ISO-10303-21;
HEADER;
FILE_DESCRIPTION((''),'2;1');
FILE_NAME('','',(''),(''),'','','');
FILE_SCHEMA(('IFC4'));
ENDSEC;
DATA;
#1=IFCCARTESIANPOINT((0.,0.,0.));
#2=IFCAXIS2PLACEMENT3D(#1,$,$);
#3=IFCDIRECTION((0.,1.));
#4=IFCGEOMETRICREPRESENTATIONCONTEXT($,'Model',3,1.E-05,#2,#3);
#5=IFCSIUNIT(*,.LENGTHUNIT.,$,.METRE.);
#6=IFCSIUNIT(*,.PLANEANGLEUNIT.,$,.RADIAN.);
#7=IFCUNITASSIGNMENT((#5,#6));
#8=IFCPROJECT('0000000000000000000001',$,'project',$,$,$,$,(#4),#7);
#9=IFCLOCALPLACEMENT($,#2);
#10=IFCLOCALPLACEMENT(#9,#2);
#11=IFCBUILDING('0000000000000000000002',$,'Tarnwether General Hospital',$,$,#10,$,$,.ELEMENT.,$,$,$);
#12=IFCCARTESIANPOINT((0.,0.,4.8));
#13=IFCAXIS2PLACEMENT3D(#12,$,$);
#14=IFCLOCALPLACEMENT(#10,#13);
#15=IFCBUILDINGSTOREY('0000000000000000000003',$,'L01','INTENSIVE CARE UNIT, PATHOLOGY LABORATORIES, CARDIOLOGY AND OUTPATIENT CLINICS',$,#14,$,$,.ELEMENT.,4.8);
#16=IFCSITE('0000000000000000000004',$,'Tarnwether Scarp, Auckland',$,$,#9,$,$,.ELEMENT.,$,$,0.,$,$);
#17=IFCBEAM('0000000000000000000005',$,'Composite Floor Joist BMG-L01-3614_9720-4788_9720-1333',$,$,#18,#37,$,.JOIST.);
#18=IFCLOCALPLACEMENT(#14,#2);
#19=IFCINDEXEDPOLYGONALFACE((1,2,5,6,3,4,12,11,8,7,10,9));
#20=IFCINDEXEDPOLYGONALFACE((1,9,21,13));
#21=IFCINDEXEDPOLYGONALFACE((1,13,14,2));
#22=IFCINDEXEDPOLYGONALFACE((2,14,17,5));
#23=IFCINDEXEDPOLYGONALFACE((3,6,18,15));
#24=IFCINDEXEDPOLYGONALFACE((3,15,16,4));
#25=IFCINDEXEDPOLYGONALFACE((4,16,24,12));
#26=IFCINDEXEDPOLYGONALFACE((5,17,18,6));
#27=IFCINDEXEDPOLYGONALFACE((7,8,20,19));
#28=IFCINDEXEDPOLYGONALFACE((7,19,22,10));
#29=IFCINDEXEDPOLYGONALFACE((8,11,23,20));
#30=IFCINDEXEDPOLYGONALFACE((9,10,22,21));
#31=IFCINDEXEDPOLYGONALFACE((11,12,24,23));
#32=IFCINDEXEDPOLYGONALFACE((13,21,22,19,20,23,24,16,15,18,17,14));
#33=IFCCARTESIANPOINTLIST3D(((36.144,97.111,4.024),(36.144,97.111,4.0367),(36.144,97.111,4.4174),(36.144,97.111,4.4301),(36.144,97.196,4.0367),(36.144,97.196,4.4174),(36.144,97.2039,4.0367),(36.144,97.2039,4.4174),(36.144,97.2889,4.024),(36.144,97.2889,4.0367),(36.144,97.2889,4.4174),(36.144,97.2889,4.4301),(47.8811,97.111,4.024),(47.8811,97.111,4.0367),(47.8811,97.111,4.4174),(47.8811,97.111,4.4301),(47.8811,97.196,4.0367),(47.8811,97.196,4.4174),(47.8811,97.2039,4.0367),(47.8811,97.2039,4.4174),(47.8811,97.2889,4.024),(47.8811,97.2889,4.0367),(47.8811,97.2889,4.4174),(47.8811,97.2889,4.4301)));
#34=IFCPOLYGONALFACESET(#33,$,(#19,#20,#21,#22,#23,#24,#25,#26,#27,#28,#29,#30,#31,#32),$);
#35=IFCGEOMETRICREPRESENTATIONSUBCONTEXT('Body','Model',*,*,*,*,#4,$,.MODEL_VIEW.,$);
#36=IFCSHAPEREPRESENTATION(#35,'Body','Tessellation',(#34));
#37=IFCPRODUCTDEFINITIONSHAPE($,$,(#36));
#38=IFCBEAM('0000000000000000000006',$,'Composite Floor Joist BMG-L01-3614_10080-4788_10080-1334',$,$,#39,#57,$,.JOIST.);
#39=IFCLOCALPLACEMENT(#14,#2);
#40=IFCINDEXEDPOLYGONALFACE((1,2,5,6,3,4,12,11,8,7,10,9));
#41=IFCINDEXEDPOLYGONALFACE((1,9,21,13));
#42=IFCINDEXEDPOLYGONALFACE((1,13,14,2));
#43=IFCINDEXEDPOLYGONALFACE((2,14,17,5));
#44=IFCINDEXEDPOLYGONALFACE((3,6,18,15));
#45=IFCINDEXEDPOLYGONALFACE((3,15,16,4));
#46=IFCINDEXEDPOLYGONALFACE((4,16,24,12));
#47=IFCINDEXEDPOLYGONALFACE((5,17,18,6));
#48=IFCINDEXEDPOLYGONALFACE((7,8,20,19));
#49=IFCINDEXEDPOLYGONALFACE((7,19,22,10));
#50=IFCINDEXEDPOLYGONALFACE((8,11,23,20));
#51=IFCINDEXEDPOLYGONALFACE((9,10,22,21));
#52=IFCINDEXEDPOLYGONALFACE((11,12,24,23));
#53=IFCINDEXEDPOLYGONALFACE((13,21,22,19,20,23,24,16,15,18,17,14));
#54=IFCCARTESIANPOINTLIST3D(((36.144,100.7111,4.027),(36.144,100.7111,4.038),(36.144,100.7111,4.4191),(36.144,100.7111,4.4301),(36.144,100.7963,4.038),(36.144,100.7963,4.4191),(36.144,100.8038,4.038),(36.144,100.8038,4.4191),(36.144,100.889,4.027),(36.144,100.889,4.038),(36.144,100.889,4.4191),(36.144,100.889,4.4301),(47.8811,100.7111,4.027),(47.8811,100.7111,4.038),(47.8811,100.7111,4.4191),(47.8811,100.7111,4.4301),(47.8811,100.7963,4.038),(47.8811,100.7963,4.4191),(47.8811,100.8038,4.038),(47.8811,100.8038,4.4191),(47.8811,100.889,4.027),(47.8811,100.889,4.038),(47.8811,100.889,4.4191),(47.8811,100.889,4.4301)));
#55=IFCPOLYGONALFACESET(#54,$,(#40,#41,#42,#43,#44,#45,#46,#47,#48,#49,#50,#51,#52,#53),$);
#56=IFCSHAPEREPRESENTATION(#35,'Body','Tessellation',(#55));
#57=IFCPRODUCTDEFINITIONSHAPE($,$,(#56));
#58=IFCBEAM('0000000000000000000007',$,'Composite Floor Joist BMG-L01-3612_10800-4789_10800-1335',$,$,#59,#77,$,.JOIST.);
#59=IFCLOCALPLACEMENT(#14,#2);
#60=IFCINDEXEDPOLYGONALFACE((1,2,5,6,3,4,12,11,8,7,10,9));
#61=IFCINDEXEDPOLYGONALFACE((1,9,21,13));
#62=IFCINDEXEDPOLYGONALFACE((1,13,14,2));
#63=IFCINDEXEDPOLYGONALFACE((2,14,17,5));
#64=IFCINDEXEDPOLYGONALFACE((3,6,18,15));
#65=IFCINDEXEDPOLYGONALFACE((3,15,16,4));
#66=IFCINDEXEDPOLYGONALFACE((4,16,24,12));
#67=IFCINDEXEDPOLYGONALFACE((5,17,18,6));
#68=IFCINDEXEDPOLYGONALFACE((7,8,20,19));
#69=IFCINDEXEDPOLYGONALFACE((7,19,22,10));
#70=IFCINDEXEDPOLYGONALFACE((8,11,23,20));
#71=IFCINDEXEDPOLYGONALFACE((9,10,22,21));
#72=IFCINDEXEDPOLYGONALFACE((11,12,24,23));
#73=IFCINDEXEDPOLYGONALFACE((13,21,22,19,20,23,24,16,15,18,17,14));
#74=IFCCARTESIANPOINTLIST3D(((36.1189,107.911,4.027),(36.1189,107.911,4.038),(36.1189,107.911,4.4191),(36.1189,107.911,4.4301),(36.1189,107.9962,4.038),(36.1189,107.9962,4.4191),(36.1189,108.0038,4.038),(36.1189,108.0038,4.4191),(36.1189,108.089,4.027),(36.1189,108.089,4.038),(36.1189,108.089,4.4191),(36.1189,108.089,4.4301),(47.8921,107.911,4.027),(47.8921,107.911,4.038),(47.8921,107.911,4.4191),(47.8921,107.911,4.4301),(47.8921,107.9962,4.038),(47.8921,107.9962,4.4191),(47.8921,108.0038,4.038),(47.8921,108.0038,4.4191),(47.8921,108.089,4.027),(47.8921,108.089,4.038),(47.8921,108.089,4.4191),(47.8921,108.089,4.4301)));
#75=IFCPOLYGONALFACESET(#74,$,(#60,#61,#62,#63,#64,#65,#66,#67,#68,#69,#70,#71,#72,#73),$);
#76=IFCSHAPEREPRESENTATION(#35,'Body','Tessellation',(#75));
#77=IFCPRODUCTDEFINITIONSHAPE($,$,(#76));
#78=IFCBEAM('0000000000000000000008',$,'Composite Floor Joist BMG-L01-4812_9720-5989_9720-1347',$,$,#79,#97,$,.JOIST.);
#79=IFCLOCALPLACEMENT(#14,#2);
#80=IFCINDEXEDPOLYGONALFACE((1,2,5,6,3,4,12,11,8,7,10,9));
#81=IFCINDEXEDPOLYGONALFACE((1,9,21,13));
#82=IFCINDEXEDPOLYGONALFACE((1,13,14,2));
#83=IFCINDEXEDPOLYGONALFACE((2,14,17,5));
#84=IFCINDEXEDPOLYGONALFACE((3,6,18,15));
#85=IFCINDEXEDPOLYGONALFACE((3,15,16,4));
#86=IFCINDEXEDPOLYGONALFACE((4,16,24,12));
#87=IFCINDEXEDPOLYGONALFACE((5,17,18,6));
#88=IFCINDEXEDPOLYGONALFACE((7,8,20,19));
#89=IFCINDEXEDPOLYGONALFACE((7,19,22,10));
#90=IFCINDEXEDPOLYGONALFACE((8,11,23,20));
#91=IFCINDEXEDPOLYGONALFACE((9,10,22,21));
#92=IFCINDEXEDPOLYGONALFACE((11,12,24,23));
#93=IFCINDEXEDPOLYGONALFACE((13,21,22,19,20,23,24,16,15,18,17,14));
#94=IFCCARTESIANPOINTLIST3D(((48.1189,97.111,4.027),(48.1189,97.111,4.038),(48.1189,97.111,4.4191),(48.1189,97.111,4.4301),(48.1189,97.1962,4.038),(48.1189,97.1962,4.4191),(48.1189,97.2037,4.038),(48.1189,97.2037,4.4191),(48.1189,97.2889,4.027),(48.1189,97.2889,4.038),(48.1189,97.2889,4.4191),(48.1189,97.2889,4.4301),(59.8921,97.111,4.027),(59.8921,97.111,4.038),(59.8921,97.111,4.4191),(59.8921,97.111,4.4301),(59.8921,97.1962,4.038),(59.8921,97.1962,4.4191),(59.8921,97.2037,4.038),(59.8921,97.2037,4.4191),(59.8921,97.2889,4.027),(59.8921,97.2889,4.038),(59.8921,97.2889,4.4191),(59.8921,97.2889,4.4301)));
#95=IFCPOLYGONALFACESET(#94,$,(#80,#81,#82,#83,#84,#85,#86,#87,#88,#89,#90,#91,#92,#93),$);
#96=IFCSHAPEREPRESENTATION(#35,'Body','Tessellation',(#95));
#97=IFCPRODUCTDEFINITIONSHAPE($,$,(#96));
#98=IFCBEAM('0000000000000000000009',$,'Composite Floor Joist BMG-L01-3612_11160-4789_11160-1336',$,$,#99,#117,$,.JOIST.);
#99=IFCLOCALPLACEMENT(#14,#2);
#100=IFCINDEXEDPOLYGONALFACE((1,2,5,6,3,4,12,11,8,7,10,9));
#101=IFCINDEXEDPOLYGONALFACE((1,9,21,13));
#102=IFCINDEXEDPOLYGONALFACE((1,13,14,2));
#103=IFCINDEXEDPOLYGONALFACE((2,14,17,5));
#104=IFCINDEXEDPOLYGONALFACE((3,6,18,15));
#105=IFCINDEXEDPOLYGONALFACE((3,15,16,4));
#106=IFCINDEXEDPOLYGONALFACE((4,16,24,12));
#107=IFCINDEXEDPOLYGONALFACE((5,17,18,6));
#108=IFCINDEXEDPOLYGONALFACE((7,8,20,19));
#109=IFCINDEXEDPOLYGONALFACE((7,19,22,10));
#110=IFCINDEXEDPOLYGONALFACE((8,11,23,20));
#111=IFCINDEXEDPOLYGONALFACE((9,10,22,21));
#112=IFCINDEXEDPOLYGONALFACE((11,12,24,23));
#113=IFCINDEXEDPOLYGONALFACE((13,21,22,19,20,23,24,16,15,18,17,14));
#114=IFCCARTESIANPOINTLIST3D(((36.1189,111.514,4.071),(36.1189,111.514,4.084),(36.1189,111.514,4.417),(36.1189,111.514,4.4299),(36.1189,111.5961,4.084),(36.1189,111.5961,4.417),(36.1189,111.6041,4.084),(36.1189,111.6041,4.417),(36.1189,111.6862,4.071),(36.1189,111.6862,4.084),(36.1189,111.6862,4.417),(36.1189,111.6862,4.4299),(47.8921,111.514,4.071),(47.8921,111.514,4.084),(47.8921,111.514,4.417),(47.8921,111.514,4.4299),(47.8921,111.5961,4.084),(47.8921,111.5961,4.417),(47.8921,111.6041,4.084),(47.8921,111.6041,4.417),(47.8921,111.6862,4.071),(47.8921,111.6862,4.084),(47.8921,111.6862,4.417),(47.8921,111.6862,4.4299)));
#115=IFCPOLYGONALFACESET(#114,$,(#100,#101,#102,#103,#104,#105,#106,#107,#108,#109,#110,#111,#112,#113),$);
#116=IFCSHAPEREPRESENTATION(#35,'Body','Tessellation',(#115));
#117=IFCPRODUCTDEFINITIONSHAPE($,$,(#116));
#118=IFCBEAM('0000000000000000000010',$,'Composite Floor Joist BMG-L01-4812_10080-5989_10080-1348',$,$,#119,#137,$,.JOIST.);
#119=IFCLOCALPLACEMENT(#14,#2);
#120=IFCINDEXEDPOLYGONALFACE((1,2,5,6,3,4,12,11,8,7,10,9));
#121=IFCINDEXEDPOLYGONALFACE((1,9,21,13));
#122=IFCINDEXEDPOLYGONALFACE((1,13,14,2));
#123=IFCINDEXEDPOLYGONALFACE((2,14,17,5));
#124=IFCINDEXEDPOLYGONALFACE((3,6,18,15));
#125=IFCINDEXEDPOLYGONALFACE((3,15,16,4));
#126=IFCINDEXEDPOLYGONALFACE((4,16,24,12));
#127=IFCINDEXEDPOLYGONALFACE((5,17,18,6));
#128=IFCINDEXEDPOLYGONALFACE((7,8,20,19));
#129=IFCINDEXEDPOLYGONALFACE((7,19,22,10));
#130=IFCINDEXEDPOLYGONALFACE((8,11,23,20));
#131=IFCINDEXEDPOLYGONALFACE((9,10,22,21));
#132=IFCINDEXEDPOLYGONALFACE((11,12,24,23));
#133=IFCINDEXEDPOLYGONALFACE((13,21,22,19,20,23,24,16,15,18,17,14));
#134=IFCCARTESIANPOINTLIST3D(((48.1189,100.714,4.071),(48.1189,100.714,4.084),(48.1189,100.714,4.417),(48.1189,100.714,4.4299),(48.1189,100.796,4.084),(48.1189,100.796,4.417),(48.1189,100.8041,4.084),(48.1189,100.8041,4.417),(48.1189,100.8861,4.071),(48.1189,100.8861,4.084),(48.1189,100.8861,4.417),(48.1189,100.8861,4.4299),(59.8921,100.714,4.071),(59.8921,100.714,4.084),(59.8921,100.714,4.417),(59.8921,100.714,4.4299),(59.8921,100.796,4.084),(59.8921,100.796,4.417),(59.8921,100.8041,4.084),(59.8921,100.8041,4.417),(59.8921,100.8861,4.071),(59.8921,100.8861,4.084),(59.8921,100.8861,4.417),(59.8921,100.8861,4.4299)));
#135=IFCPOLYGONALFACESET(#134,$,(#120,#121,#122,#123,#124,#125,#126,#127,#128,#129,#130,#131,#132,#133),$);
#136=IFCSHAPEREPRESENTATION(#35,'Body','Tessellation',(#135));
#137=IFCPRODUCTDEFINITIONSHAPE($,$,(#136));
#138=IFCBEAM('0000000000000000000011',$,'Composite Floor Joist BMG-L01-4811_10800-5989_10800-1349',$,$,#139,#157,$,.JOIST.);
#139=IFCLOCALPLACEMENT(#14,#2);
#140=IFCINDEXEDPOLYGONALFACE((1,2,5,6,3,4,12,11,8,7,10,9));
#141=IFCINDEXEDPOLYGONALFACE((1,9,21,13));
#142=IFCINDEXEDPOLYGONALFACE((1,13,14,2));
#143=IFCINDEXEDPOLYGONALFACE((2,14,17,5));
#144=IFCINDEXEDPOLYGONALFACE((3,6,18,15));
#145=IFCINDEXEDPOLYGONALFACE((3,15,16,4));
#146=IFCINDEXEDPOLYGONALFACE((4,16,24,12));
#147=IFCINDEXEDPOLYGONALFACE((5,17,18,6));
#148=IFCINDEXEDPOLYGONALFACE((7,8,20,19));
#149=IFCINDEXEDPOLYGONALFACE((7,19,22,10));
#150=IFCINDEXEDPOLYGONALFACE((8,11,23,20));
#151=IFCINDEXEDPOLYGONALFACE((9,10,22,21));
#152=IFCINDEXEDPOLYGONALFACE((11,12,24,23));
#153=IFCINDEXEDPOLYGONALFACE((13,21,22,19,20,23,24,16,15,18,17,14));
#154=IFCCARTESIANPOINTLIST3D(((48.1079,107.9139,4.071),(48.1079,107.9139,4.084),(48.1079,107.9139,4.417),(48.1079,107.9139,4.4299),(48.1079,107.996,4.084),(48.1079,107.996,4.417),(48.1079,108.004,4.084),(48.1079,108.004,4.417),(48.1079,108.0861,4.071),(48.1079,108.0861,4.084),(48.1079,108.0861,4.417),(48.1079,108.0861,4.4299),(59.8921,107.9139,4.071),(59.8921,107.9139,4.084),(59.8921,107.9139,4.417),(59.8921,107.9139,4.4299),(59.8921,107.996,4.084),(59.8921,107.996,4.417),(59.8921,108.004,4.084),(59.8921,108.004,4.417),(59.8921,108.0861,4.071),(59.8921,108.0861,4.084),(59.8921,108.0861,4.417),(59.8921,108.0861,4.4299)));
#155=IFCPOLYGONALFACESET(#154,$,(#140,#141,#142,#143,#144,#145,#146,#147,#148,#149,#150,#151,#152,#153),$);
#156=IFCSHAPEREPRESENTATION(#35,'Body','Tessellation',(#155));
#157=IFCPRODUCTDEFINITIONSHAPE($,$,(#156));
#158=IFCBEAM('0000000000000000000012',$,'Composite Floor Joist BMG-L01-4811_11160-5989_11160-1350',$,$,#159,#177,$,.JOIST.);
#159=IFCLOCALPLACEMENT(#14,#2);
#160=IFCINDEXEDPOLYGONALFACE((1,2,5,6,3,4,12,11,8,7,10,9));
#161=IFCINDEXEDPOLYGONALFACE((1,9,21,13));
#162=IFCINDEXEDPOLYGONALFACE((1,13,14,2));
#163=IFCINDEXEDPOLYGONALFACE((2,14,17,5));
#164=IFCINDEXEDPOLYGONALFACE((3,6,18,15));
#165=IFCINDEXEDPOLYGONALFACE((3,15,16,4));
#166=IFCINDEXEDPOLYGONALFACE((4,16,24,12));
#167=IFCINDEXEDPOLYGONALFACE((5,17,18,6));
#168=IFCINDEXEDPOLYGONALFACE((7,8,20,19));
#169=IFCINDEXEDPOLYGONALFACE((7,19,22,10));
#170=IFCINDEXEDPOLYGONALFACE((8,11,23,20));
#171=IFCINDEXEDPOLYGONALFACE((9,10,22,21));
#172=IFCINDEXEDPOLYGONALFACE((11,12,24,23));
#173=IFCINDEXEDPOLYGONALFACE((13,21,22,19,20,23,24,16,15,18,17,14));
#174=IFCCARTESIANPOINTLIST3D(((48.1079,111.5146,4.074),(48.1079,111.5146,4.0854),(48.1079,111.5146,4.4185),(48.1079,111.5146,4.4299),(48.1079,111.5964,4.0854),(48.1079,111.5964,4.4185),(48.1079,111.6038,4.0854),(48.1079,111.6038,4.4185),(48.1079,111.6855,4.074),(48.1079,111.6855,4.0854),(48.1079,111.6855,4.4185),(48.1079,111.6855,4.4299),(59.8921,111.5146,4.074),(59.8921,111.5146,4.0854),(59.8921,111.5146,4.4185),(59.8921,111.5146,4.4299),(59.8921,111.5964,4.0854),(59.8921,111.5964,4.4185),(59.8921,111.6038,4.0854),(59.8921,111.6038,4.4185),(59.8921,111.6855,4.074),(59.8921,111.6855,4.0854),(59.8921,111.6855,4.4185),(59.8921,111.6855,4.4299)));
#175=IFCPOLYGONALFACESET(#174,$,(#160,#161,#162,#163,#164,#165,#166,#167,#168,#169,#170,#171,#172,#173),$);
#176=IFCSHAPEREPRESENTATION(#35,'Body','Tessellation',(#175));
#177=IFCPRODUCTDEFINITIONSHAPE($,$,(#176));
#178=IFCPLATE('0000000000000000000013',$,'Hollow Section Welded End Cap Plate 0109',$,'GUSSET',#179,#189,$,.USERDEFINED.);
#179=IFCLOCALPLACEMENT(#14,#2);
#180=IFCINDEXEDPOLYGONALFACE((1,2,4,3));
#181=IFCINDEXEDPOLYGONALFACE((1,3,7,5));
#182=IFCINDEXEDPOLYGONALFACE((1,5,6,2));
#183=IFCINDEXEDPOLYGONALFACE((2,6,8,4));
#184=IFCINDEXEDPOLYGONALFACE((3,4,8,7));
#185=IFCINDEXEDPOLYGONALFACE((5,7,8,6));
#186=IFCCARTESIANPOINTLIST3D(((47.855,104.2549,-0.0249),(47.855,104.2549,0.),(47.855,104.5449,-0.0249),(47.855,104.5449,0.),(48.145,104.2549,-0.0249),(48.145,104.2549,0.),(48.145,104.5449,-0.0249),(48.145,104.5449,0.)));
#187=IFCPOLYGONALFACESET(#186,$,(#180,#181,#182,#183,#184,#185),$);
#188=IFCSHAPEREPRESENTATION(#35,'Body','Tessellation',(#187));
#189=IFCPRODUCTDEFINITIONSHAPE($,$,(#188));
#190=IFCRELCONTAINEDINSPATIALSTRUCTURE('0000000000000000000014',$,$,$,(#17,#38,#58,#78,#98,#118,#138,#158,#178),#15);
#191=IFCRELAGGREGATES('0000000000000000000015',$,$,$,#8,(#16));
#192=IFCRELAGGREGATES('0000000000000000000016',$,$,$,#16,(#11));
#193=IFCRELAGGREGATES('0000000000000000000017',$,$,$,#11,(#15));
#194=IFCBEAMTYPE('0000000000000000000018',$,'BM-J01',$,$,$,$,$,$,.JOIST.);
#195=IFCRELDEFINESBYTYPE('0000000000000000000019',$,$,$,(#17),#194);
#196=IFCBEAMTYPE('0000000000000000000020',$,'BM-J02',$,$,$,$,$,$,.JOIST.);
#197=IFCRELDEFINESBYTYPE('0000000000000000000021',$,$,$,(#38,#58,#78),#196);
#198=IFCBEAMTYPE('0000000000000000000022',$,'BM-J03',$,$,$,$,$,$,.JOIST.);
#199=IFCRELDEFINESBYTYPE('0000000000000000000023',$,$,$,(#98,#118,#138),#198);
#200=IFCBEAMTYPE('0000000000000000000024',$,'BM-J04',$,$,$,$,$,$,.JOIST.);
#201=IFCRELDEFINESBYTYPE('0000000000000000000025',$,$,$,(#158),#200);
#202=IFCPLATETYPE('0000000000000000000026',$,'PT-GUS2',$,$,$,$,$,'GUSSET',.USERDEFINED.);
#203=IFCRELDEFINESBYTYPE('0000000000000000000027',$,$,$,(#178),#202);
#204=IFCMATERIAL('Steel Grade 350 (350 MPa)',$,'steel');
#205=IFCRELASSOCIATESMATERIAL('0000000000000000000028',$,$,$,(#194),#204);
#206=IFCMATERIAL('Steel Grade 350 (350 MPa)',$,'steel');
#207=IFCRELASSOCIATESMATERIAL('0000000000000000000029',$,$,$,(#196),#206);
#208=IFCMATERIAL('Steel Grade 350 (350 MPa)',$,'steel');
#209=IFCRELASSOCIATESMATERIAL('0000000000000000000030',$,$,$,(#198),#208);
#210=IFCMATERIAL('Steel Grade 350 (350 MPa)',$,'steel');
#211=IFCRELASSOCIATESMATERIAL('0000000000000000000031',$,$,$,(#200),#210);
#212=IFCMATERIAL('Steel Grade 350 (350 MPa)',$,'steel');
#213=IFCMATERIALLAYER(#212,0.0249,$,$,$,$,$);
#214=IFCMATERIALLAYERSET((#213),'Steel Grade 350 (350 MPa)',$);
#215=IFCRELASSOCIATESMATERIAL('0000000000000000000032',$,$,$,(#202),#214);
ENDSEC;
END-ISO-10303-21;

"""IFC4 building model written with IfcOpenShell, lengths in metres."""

from ifc_helpers import new_model, si_unit, direction, frame, origin, origin_2d, place, context, subcontext, project, spatial, rectangle, i_section, extrude, material, layer, layer_set, material_profile, profile_set, type_object, element, save


model = new_model("IFC4")

# Units and contexts
model_context = context("Model", 3, precision=1e-05, world=origin(), true_north=direction((0.0, 1.0)))
body_context = subcontext(model_context, "Body", "Model", "MODEL_VIEW")
ifc_project = project(units=[si_unit("LENGTHUNIT", "METRE"), si_unit("PLANEANGLEUNIT", "RADIAN")], contexts=[model_context])

# Site, building, storey
site_placement = place(None, origin())
site = spatial("IfcSite", under=ifc_project, at=site_placement, Name="Tarnwether Scarp, Auckland", CompositionType="ELEMENT", RefElevation=0.0)
building_placement = place(site_placement, origin())
building = spatial("IfcBuilding", under=site, at=building_placement, Name="Tarnwether General Hospital", CompositionType="ELEMENT")
storey_placement = place(building_placement, frame((0.0, 0.0, 4.8)))
storey = spatial("IfcBuildingStorey", under=building, at=storey_placement, Name="L01", Description="INTENSIVE CARE UNIT, PATHOLOGY LABORATORIES, CARDIOLOGY AND OUTPATIENT CLINICS", CompositionType="ELEMENT", Elevation=4.8)

# Beams
ifc_material_1 = material(Name="Steel Grade 350 (350 MPa)", Category="steel")
ifc_material_profile_1 = material_profile(ifc_material_1, i_section(OverallWidth=0.178, OverallDepth=0.406, WebThickness=0.0078, FlangeThickness=0.0127, at=origin_2d()), Name="410UB59.7")
ifc_profile_set_1 = profile_set([ifc_material_profile_1], Name="Steel Grade 350 (350 MPa)")
beam_type_1 = type_object("IfcBeamType", Name="BM-J01", PredefinedType="JOIST", material=ifc_profile_set_1)
beam_1_placement = place(storey_placement, frame((36.144, 97.2, 4.2271), z_axis=(1.0, 0.0, 0.0), x_axis=(0.0, 1.0, 0.0)))
element("IfcBeam", 1, at=beam_1_placement, inside=storey, type_object=beam_type_1, Name="Composite Floor Joist BMG-L01-3614_9720-4788_9720-1333", PredefinedType="JOIST", context=body_context, shape_type="SweptSolid", body=[
    extrude(i_section(OverallWidth=0.178, OverallDepth=0.406, WebThickness=0.0078, FlangeThickness=0.0127, at=origin_2d()), origin(), (0.0, 0.0, 1.0), 11.7371),
])
ifc_material_2 = material(Name="Steel Grade 350 (350 MPa)", Category="steel")
ifc_material_profile_2 = material_profile(ifc_material_2, i_section(OverallWidth=0.178, OverallDepth=0.4031, WebThickness=0.0076, FlangeThickness=0.011, at=origin_2d()), Name="410UB53.7")
ifc_profile_set_2 = profile_set([ifc_material_profile_2], Name="Steel Grade 350 (350 MPa)")
beam_type_2 = type_object("IfcBeamType", Name="BM-J02", PredefinedType="JOIST", material=ifc_profile_set_2)
beam_2_placement = place(storey_placement, frame((36.144, 100.8, 4.2285), z_axis=(1.0, 0.0, 0.0), x_axis=(0.0, 1.0, 0.0)))
element("IfcBeam", 2, at=beam_2_placement, inside=storey, type_object=beam_type_2, Name="Composite Floor Joist BMG-L01-3614_10080-4788_10080-1334", PredefinedType="JOIST", context=body_context, shape_type="SweptSolid", body=[
    extrude(i_section(OverallWidth=0.178, OverallDepth=0.4031, WebThickness=0.0076, FlangeThickness=0.011, at=origin_2d()), origin(), (0.0, 0.0, 1.0), 11.7371),
])
for number, where, z_axis, x_axis, name in (
    (3, (36.1189, 108.0, 4.2285), (1.0, 0.0, 0.0), (0.0, 1.0, 0.0), "Composite Floor Joist BMG-L01-3612_10800-4789_10800-1335"),
    (4, (48.1189, 97.2, 4.2285), (1.0, 0.0, 0.0), (0.0, 1.0, 0.0), "Composite Floor Joist BMG-L01-4812_9720-5989_9720-1347"),
):
    element("IfcBeam", number, at=place(storey_placement, frame(where, z_axis=z_axis, x_axis=x_axis)), inside=storey, type_object=beam_type_2, Name=name, PredefinedType="JOIST", context=body_context, shape_type="SweptSolid", body=[
        extrude(i_section(OverallWidth=0.178, OverallDepth=0.4031, WebThickness=0.0076, FlangeThickness=0.011, at=origin_2d()), origin(), (0.0, 0.0, 1.0), 11.7732),
    ])
ifc_material_3 = material(Name="Steel Grade 350 (350 MPa)", Category="steel")
ifc_material_profile_3 = material_profile(ifc_material_3, i_section(OverallWidth=0.1721, OverallDepth=0.3589, WebThickness=0.0081, FlangeThickness=0.0129, at=origin_2d()), Name="360UB56.7")
ifc_profile_set_3 = profile_set([ifc_material_profile_3], Name="Steel Grade 350 (350 MPa)")
beam_type_3 = type_object("IfcBeamType", Name="BM-J03", PredefinedType="JOIST", material=ifc_profile_set_3)
for number, where, z_axis, x_axis, name in (
    (5, (36.1189, 111.6001, 4.2505), (1.0, 0.0, 0.0), (0.0, 1.0, 0.0), "Composite Floor Joist BMG-L01-3612_11160-4789_11160-1336"),
    (6, (48.1189, 100.8, 4.2505), (1.0, 0.0, 0.0), (0.0, 1.0, 0.0), "Composite Floor Joist BMG-L01-4812_10080-5989_10080-1348"),
):
    element("IfcBeam", number, at=place(storey_placement, frame(where, z_axis=z_axis, x_axis=x_axis)), inside=storey, type_object=beam_type_3, Name=name, PredefinedType="JOIST", context=body_context, shape_type="SweptSolid", body=[
        extrude(i_section(OverallWidth=0.1721, OverallDepth=0.3589, WebThickness=0.0081, FlangeThickness=0.0129, at=origin_2d()), origin(), (0.0, 0.0, 1.0), 11.7732),
    ])
beam_3_placement = place(storey_placement, frame((48.1079, 108.0, 4.2505), z_axis=(1.0, 0.0, 0.0), x_axis=(0.0, 1.0, 0.0)))
element("IfcBeam", 7, at=beam_3_placement, inside=storey, type_object=beam_type_3, Name="Composite Floor Joist BMG-L01-4811_10800-5989_10800-1349", PredefinedType="JOIST", context=body_context, shape_type="SweptSolid", body=[
    extrude(i_section(OverallWidth=0.1721, OverallDepth=0.3589, WebThickness=0.0081, FlangeThickness=0.0129, at=origin_2d()), origin(), (0.0, 0.0, 1.0), 11.7842),
])
ifc_material_4 = material(Name="Steel Grade 350 (350 MPa)", Category="steel")
ifc_material_profile_4 = material_profile(ifc_material_4, i_section(OverallWidth=0.1709, OverallDepth=0.356, WebThickness=0.0073, FlangeThickness=0.0115, at=origin_2d()), Name="360UB50.7")
ifc_profile_set_4 = profile_set([ifc_material_profile_4], Name="Steel Grade 350 (350 MPa)")
beam_type_4 = type_object("IfcBeamType", Name="BM-J04", PredefinedType="JOIST", material=ifc_profile_set_4)
beam_4_placement = place(storey_placement, frame((48.1079, 111.6001, 4.252), z_axis=(1.0, 0.0, 0.0), x_axis=(0.0, 1.0, 0.0)))
element("IfcBeam", 8, at=beam_4_placement, inside=storey, type_object=beam_type_4, Name="Composite Floor Joist BMG-L01-4811_11160-5989_11160-1350", PredefinedType="JOIST", context=body_context, shape_type="SweptSolid", body=[
    extrude(i_section(OverallWidth=0.1709, OverallDepth=0.356, WebThickness=0.0073, FlangeThickness=0.0115, at=origin_2d()), origin(), (0.0, 0.0, 1.0), 11.7842),
])

# Plate
ifc_material_5 = material(Name="Steel Grade 350 (350 MPa)", Category="steel")
ifc_layer = layer(ifc_material_5, 0.0249)
ifc_layer_set = layer_set([ifc_layer], Name="Steel Grade 350 (350 MPa)")
plate_type = type_object("IfcPlateType", Name="PT-GUS2", ElementType="GUSSET", PredefinedType="USERDEFINED", material=ifc_layer_set)
for number, where, z_axis, x_axis, name in (
    (9, (48.0, 104.3999, -0.0249), (0.0, 0.0, 1.0), (1.0, 0.0, 0.0), "Hollow Section Welded End Cap Plate 0109"),
):
    element("IfcPlate", number, at=place(storey_placement, frame(where, z_axis=z_axis, x_axis=x_axis)), inside=storey, type_object=plate_type, Name=name, ObjectType="GUSSET", PredefinedType="USERDEFINED", context=body_context, shape_type="SweptSolid", body=[
        extrude(rectangle(XDim=0.29, YDim=0.29, at=origin_2d()), origin(), (0.0, 0.0, 1.0), 0.0249),
    ])

save(model, "model.ifc")
